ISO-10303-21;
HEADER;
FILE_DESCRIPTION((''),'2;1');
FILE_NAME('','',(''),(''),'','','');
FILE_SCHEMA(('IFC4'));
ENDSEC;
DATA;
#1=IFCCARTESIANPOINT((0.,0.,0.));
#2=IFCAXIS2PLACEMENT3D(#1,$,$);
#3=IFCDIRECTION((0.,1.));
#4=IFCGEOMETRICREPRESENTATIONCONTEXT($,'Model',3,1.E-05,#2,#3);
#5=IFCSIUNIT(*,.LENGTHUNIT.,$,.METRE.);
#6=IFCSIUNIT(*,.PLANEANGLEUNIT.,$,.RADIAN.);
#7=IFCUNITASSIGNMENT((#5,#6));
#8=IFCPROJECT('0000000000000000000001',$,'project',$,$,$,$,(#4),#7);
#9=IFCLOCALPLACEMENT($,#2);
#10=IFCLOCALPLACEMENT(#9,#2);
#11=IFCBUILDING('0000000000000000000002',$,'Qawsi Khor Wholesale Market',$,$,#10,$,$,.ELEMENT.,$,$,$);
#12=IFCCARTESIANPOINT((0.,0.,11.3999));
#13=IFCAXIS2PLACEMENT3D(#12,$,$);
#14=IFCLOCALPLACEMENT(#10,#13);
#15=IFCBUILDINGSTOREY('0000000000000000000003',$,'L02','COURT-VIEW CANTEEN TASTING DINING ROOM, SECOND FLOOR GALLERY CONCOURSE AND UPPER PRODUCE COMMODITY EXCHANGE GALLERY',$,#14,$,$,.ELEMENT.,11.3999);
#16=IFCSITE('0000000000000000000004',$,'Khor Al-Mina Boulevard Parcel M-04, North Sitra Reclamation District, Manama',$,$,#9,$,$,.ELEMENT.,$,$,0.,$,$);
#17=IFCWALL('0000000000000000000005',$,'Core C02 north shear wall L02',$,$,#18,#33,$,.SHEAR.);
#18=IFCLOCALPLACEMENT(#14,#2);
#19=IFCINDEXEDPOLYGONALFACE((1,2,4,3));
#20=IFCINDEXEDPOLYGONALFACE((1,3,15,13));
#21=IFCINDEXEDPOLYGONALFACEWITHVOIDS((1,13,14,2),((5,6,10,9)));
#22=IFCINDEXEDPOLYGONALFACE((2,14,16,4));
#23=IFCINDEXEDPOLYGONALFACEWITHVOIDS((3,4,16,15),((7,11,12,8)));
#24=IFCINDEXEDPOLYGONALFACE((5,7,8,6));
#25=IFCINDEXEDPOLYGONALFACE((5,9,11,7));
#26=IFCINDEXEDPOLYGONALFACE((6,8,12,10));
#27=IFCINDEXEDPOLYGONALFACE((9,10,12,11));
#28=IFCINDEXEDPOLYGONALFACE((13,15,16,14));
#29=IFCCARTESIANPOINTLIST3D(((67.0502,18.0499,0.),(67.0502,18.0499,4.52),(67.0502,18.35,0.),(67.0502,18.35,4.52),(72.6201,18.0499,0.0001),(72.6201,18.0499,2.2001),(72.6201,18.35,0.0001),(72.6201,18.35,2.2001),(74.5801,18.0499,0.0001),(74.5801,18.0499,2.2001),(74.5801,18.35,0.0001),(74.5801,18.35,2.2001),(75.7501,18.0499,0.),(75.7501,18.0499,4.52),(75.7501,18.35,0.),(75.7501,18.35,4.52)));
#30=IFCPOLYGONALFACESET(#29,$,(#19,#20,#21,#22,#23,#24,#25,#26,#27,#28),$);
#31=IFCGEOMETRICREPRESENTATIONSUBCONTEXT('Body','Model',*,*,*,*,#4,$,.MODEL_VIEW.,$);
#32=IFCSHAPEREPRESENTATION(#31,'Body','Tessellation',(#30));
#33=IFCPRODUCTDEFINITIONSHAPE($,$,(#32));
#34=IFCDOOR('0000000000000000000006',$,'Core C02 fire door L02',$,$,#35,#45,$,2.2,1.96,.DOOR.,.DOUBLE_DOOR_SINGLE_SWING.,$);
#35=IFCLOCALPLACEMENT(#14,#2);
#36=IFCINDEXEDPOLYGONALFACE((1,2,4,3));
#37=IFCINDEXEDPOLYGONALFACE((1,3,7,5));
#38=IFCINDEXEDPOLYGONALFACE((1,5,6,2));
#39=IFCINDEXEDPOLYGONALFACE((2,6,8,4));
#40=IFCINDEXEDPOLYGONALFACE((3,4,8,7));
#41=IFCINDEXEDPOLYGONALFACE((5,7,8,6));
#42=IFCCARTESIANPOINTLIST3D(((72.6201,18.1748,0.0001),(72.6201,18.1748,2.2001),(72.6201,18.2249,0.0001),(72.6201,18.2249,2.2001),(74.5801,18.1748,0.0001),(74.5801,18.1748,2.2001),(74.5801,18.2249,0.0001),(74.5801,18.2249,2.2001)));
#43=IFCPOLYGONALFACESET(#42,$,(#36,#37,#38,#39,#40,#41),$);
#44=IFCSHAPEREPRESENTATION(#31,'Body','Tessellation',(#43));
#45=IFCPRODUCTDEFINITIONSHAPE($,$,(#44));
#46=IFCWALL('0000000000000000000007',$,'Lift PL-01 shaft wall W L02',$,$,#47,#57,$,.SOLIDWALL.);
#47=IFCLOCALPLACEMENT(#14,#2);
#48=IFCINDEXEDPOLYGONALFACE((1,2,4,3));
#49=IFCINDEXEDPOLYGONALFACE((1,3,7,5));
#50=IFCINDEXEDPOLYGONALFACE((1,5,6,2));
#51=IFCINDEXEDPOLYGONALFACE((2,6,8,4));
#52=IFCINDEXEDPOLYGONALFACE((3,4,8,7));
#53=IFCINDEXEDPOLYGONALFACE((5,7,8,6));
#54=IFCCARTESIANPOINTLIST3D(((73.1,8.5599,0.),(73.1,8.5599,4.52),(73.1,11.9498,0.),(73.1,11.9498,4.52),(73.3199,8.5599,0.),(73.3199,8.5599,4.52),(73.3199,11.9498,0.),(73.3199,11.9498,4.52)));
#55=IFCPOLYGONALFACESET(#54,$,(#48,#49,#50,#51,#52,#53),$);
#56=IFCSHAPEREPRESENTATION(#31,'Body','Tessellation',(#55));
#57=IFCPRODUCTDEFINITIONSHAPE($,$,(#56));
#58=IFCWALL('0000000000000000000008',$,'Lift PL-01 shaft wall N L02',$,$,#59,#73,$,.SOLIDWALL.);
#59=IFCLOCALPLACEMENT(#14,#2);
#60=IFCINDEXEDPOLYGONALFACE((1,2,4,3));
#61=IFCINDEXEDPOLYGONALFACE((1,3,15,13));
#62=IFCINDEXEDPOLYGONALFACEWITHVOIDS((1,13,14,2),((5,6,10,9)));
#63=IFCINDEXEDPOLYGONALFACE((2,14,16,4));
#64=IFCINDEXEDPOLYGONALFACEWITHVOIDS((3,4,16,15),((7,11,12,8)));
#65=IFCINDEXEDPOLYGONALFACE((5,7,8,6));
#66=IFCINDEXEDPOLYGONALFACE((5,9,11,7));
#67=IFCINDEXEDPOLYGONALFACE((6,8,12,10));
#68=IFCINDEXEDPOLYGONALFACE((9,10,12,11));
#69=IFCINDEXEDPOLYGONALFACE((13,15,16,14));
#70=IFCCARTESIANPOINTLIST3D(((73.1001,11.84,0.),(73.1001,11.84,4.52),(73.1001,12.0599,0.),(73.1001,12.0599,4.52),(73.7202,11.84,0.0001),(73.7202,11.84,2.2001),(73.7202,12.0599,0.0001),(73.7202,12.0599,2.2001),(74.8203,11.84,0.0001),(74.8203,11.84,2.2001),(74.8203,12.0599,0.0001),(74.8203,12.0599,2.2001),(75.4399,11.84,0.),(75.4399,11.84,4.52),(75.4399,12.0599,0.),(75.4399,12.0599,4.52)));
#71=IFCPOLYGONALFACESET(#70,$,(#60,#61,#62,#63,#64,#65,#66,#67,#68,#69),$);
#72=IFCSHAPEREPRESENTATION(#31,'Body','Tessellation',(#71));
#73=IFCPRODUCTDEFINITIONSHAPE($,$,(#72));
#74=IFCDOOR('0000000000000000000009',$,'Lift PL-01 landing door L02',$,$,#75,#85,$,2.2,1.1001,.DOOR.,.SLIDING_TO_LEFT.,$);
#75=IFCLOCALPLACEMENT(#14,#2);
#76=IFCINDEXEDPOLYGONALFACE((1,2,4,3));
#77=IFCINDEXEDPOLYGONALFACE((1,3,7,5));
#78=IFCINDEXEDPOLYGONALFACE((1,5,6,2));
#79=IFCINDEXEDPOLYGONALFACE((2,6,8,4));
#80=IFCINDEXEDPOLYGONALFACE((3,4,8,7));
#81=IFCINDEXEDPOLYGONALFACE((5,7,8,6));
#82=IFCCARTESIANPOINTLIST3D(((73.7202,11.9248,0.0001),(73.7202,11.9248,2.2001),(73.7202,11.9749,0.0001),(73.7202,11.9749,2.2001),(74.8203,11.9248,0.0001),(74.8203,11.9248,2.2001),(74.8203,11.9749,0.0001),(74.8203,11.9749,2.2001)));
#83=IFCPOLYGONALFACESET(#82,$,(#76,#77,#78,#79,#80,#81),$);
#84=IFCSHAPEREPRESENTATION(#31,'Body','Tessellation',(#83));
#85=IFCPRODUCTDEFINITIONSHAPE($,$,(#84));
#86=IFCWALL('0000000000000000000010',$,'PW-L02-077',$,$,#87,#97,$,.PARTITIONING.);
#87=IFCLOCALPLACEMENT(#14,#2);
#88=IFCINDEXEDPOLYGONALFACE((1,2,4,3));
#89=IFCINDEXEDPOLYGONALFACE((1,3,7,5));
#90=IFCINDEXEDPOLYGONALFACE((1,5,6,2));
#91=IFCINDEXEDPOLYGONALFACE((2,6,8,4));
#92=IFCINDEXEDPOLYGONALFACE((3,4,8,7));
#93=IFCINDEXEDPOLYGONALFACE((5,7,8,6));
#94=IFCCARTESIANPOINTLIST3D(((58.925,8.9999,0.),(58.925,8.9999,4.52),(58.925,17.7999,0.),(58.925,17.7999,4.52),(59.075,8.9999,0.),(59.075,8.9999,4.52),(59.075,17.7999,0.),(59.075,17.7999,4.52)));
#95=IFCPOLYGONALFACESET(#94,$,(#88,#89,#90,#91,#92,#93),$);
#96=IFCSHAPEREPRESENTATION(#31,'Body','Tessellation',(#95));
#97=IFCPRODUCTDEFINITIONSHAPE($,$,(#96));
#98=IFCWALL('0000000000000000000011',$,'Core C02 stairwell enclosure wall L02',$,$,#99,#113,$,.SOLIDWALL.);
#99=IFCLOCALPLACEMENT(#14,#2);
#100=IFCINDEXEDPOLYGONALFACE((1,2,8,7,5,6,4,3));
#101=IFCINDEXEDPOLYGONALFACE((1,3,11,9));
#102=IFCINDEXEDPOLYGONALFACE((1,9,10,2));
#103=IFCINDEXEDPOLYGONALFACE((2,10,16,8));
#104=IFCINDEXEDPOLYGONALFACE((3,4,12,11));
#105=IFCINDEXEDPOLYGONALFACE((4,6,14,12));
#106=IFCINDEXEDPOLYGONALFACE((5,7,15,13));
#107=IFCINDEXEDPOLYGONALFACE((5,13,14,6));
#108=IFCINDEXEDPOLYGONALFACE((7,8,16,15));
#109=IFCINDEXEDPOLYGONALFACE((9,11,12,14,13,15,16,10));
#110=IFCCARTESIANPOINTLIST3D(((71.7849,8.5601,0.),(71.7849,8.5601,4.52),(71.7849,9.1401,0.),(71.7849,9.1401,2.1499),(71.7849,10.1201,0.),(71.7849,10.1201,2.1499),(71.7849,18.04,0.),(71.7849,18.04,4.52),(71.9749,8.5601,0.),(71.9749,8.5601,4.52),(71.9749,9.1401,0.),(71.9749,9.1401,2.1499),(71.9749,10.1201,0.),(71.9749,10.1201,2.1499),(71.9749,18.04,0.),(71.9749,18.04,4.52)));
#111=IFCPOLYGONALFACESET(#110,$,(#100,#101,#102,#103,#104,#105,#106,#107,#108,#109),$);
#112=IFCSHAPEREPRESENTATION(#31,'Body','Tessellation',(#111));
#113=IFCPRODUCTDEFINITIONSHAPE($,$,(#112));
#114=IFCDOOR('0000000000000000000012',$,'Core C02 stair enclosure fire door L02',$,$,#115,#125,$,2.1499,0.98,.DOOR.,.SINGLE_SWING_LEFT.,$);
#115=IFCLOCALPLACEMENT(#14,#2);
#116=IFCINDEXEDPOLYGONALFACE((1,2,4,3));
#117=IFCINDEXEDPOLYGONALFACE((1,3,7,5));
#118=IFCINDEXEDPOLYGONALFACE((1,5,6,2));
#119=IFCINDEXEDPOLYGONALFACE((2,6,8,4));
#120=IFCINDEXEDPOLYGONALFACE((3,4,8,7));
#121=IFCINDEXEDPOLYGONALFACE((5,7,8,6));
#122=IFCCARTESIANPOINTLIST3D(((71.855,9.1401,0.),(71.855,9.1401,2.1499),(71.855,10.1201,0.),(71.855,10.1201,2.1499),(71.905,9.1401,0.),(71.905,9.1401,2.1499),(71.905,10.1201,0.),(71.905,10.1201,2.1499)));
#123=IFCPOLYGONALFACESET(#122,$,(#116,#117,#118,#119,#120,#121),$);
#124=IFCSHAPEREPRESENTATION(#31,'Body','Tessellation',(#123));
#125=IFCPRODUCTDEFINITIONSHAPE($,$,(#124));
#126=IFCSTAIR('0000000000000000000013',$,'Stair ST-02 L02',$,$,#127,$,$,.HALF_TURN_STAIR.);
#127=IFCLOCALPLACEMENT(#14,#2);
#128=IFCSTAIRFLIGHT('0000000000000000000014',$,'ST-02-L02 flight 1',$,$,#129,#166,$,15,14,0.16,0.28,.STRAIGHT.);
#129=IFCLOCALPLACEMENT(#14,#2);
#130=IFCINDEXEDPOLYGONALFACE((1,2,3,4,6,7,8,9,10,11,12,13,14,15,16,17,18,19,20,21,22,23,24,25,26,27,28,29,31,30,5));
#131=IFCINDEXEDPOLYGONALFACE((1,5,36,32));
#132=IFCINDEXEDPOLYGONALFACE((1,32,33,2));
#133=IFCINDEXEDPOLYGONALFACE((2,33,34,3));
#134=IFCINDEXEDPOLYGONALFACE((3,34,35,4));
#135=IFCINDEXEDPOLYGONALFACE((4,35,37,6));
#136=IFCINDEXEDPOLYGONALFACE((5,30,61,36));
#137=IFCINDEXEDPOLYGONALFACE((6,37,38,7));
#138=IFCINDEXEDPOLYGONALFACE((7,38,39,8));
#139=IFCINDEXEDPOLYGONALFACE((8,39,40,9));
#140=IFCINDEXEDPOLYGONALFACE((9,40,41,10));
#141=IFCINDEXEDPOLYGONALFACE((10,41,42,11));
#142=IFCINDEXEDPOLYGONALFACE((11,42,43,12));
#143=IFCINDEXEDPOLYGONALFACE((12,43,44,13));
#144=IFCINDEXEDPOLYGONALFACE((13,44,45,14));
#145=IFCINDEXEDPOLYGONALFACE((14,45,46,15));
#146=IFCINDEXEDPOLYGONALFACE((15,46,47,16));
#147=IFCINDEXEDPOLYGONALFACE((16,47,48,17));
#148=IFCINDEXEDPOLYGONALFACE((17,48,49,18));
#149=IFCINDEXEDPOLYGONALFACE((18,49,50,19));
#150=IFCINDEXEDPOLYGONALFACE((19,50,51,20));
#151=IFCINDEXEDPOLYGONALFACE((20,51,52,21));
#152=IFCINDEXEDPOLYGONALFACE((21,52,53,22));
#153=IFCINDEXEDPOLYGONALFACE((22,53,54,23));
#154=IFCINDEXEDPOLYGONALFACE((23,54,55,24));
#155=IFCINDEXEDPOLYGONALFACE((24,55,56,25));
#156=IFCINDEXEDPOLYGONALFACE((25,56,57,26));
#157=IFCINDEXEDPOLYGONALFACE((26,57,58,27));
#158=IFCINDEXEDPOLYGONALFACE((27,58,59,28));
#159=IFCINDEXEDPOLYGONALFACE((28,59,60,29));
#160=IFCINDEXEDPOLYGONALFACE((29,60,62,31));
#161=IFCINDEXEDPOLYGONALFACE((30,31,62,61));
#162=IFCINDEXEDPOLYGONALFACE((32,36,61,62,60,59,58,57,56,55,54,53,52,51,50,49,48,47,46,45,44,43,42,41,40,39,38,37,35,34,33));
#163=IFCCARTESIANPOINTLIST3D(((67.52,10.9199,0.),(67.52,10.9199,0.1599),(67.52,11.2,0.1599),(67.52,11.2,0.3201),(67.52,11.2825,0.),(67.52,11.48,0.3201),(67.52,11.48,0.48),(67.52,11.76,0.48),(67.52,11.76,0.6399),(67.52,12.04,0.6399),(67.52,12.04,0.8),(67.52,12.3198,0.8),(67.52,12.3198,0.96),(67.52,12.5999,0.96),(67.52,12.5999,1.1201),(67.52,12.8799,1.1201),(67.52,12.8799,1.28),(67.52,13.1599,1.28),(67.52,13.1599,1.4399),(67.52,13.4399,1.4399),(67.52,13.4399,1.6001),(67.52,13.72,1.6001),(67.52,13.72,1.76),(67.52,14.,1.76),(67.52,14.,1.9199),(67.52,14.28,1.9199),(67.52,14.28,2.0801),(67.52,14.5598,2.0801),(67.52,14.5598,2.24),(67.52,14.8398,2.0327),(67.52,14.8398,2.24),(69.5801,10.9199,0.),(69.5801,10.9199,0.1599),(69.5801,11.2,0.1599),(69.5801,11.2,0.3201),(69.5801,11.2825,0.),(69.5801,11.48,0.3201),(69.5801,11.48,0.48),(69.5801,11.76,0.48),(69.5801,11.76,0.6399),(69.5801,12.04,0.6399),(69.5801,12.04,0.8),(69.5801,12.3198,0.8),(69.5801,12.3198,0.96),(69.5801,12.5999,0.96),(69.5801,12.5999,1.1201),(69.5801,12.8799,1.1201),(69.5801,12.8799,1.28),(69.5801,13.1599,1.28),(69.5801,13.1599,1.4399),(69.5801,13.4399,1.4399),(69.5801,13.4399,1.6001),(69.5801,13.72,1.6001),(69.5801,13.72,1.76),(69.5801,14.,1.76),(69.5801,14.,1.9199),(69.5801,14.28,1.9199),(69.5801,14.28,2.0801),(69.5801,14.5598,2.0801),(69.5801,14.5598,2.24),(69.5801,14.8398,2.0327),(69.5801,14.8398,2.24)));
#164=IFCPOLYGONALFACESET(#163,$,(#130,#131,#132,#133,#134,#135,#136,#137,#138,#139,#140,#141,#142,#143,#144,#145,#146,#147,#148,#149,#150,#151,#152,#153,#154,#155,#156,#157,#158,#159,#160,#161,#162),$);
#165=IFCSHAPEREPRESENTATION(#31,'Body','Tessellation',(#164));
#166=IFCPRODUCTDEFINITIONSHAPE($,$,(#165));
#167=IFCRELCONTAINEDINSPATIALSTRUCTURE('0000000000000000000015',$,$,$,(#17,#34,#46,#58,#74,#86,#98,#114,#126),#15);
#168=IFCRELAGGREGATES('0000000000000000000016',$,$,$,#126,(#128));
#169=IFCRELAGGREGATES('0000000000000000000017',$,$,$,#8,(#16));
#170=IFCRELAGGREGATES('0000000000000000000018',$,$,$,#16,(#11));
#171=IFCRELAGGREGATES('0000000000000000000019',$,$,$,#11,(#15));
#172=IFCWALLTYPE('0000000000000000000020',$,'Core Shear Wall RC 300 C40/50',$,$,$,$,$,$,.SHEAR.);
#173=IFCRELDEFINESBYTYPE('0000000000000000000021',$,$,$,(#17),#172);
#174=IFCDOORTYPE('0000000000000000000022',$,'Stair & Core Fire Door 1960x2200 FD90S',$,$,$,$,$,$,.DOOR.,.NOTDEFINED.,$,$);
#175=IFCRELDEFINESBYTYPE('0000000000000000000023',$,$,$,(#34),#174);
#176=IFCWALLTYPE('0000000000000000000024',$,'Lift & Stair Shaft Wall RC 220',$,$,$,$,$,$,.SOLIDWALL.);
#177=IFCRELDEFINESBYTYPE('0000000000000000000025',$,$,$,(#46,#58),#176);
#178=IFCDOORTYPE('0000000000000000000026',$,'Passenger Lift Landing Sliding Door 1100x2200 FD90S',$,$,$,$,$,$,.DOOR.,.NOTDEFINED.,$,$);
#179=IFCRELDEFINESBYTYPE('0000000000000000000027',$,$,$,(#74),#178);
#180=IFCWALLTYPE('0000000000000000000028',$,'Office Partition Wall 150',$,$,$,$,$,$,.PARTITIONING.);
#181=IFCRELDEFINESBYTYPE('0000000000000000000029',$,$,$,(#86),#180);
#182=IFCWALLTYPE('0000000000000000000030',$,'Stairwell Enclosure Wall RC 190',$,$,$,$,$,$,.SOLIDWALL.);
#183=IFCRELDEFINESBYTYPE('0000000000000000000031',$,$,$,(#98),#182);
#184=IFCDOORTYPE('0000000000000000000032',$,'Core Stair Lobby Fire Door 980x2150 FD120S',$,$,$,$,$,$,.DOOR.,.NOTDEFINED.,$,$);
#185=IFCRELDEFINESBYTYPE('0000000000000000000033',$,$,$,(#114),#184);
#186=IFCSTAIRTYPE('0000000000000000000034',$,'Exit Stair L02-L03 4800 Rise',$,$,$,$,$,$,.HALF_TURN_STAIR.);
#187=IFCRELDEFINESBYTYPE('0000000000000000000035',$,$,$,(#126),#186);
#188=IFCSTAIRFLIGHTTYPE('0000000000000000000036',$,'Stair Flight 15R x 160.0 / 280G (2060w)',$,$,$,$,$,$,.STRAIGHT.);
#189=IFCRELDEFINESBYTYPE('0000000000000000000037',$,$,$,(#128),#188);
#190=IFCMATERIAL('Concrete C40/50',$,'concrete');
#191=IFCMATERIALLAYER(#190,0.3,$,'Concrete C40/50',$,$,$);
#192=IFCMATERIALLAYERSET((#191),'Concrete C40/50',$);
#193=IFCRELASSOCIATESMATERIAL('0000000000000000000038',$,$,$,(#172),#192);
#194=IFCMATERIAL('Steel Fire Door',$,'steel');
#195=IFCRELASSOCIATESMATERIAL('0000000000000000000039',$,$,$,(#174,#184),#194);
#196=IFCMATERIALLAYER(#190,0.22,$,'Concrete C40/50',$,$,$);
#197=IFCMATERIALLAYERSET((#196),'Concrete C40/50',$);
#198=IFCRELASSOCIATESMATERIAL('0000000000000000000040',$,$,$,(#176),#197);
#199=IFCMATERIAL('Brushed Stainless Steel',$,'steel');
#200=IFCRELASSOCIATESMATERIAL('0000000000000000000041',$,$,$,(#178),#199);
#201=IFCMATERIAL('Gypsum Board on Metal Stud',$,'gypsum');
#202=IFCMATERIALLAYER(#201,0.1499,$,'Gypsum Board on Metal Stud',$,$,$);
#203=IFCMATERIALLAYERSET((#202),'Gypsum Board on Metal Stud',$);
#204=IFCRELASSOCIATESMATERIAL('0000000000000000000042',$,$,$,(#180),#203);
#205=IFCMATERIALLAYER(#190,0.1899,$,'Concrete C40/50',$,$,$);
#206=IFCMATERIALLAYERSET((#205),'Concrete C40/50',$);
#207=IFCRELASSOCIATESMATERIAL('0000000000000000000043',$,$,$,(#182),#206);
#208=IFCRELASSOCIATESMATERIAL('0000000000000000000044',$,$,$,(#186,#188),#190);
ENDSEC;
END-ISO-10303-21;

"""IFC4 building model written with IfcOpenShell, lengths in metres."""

from ifc_helpers import new_model, si_unit, direction, frame, frame_2d, origin, place, context, subcontext, project, spatial, polyline, rectangle, outline, extrude, material, layer, layer_set, type_object, element, fill, aggregate, save


model = new_model("IFC4")

# Units and contexts
model_context = context("Model", 3, precision=1e-05, world=origin(), true_north=direction((0.0, 1.0)))
body_context = subcontext(model_context, "Body", "Model", "MODEL_VIEW")
ifc_project = project(units=[si_unit("LENGTHUNIT", "METRE"), si_unit("PLANEANGLEUNIT", "RADIAN")], contexts=[model_context])

# Site, building, storey
site_placement = place(None, origin())
site = spatial("IfcSite", under=ifc_project, at=site_placement, Name="Khor Al-Mina Boulevard Parcel M-04, North Sitra Reclamation District, Manama", CompositionType="ELEMENT", RefElevation=0.0)
building_placement = place(site_placement, origin())
building = spatial("IfcBuilding", under=site, at=building_placement, Name="Qawsi Khor Wholesale Market", CompositionType="ELEMENT")
storey_placement = place(building_placement, frame((0.0, 0.0, 11.3999)))
storey = spatial("IfcBuildingStorey", under=building, at=storey_placement, Name="L02", Description="COURT-VIEW CANTEEN TASTING DINING ROOM, SECOND FLOOR GALLERY CONCOURSE AND UPPER PRODUCE COMMODITY EXCHANGE GALLERY", CompositionType="ELEMENT", Elevation=11.3999)

# Shared definitions
ifc_material_1 = material(Name="Concrete C40/50", Category="concrete")

# Shared definitions
ifc_layer_1 = layer(ifc_material_1, 0.3, Name="Concrete C40/50")
ifc_layer_set_1 = layer_set([ifc_layer_1], Name="Concrete C40/50")
wall_type_1 = type_object("IfcWallType", Name="Core Shear Wall RC 300 C40/50", PredefinedType="SHEAR", material=ifc_layer_set_1)

# Wall, opening, door
wall_1_placement = place(storey_placement, frame((67.05, 18.2, 0.0), z_axis=(0.0, 0.0, 1.0), x_axis=(1.0, 0.0, 0.0)))
wall_1 = element("IfcWall", 1, at=wall_1_placement, inside=storey, type_object=wall_type_1, Name="Core C02 north shear wall L02", PredefinedType="SHEAR", context=body_context, shape_type="SweptSolid", body=[
    extrude(rectangle(XDim=8.7, YDim=0.3, at=frame_2d((4.3501, 0.0))), origin(), (0.0, 0.0, 1.0), 4.52),
])
opening_1_placement = place(wall_1_placement, frame((5.5701, 0.0, 0.0)))
opening_1 = element("IfcOpeningElement", 2, at=opening_1_placement, cuts=wall_1, PredefinedType="OPENING", context=body_context, shape_type="SweptSolid", body=[
    extrude(rectangle(XDim=1.96, YDim=2.2, at=frame_2d((0.98, 1.1001))), frame((0.0, 0.1599, 0.0), z_axis=(0.0, -1.0, 0.0), x_axis=(1.0, 0.0, 0.0)), (0.0, 0.0, 1.0), 0.3201),
])
ifc_material_2 = material(Name="Steel Fire Door", Category="steel")
door_type_1 = type_object("IfcDoorType", Name="Stair & Core Fire Door 1960x2200 FD90S", OperationType="NOTDEFINED", PredefinedType="DOOR", material=ifc_material_2)
door_1_placement = place(opening_1_placement, origin())
door_1 = element("IfcDoor", 3, at=door_1_placement, inside=storey, type_object=door_type_1, Name="Core C02 fire door L02", OperationType="DOUBLE_DOOR_SINGLE_SWING", OverallHeight=2.2, OverallWidth=1.96, PredefinedType="DOOR", context=body_context, shape_type="SweptSolid", body=[
    extrude(rectangle(XDim=1.96, YDim=2.2, at=frame_2d((0.98, 1.1001))), frame((0.0, 0.0249, 0.0), z_axis=(0.0, -1.0, 0.0), x_axis=(1.0, 0.0, 0.0)), (0.0, 0.0, 1.0), 0.05),
])
fill(opening_1, door_1)

# Wall
ifc_layer_2 = layer(ifc_material_1, 0.22, Name="Concrete C40/50")
ifc_layer_set_2 = layer_set([ifc_layer_2], Name="Concrete C40/50")
wall_type_2 = type_object("IfcWallType", Name="Lift & Stair Shaft Wall RC 220", PredefinedType="SOLIDWALL", material=ifc_layer_set_2)
wall_2_placement = place(storey_placement, frame((73.21, 8.5601, 0.0), z_axis=(0.0, 0.0, 1.0), x_axis=(0.0, 1.0, 0.0)))
element("IfcWall", 4, at=wall_2_placement, inside=storey, type_object=wall_type_2, Name="Lift PL-01 shaft wall W L02", PredefinedType="SOLIDWALL", context=body_context, shape_type="SweptSolid", body=[
    extrude(rectangle(XDim=3.3899, YDim=0.22, at=frame_2d((1.6948, 0.0))), origin(), (0.0, 0.0, 1.0), 4.52),
])

# Wall, opening, door
wall_3_placement = place(storey_placement, frame((73.1001, 11.95, 0.0), z_axis=(0.0, 0.0, 1.0), x_axis=(1.0, 0.0, 0.0)))
wall_3 = element("IfcWall", 5, at=wall_3_placement, inside=storey, type_object=wall_type_2, Name="Lift PL-01 shaft wall N L02", PredefinedType="SOLIDWALL", context=body_context, shape_type="SweptSolid", body=[
    extrude(rectangle(XDim=2.3398, YDim=0.22, at=frame_2d((1.1699, 0.0))), origin(), (0.0, 0.0, 1.0), 4.52),
])
opening_2_placement = place(wall_3_placement, frame((0.6201, 0.0, 0.0)))
opening_2 = element("IfcOpeningElement", 6, at=opening_2_placement, cuts=wall_3, PredefinedType="OPENING", context=body_context, shape_type="SweptSolid", body=[
    extrude(rectangle(XDim=1.1001, YDim=2.2, at=frame_2d((0.55, 1.1001))), frame((0.0, 0.1199, 0.0), z_axis=(0.0, -1.0, 0.0), x_axis=(1.0, 0.0, 0.0)), (0.0, 0.0, 1.0), 0.24),
])
ifc_material_3 = material(Name="Brushed Stainless Steel", Category="steel")
door_type_2 = type_object("IfcDoorType", Name="Passenger Lift Landing Sliding Door 1100x2200 FD90S", OperationType="NOTDEFINED", PredefinedType="DOOR", material=ifc_material_3)
door_2_placement = place(opening_2_placement, origin())
door_2 = element("IfcDoor", 7, at=door_2_placement, inside=storey, type_object=door_type_2, Name="Lift PL-01 landing door L02", OperationType="SLIDING_TO_LEFT", OverallHeight=2.2, OverallWidth=1.1001, PredefinedType="DOOR", context=body_context, shape_type="SweptSolid", body=[
    extrude(rectangle(XDim=1.1001, YDim=2.2, at=frame_2d((0.55, 1.1001))), frame((0.0, 0.0249, 0.0), z_axis=(0.0, -1.0, 0.0), x_axis=(1.0, 0.0, 0.0)), (0.0, 0.0, 1.0), 0.05),
])
fill(opening_2, door_2)

# Wall
ifc_material_4 = material(Name="Gypsum Board on Metal Stud", Category="gypsum")
ifc_layer_3 = layer(ifc_material_4, 0.1499, Name="Gypsum Board on Metal Stud")
ifc_layer_set_3 = layer_set([ifc_layer_3], Name="Gypsum Board on Metal Stud")
wall_type_3 = type_object("IfcWallType", Name="Office Partition Wall 150", PredefinedType="PARTITIONING", material=ifc_layer_set_3)
wall_4_placement = place(storey_placement, frame((59.0, 9.0, 0.0), z_axis=(0.0, 0.0, 1.0), x_axis=(0.0, 1.0, 0.0)))
element("IfcWall", 8, at=wall_4_placement, inside=storey, type_object=wall_type_3, Name="PW-L02-077", PredefinedType="PARTITIONING", context=body_context, shape_type="SweptSolid", body=[
    extrude(rectangle(XDim=8.8, YDim=0.1499, at=frame_2d((4.3999, 0.0))), origin(), (0.0, 0.0, 1.0), 4.52),
])

# Wall, opening, door
ifc_layer_4 = layer(ifc_material_1, 0.1899, Name="Concrete C40/50")
ifc_layer_set_4 = layer_set([ifc_layer_4], Name="Concrete C40/50")
wall_type_4 = type_object("IfcWallType", Name="Stairwell Enclosure Wall RC 190", PredefinedType="SOLIDWALL", material=ifc_layer_set_4)
wall_5_placement = place(storey_placement, frame((71.8799, 8.5601, 0.0), z_axis=(0.0, 0.0, 1.0), x_axis=(0.0, 1.0, 0.0)))
wall_5 = element("IfcWall", 9, at=wall_5_placement, inside=storey, type_object=wall_type_4, Name="Core C02 stairwell enclosure wall L02", PredefinedType="SOLIDWALL", context=body_context, shape_type="SweptSolid", body=[
    extrude(rectangle(XDim=9.48, YDim=0.1899, at=frame_2d((4.74, 0.0))), origin(), (0.0, 0.0, 1.0), 4.52),
])
opening_3_placement = place(wall_5_placement, frame((0.5801, 0.0, 0.0)))
opening_3 = element("IfcOpeningElement", 10, at=opening_3_placement, cuts=wall_5, PredefinedType="OPENING", context=body_context, shape_type="SweptSolid", body=[
    extrude(rectangle(XDim=0.98, YDim=2.1499, at=frame_2d((0.49, 1.075))), frame((0.0, 0.105, 0.0), z_axis=(0.0, -1.0, 0.0), x_axis=(1.0, 0.0, 0.0)), (0.0, 0.0, 1.0), 0.21),
])
door_type_3 = type_object("IfcDoorType", Name="Core Stair Lobby Fire Door 980x2150 FD120S", OperationType="NOTDEFINED", PredefinedType="DOOR", material=ifc_material_2)
door_3_placement = place(opening_3_placement, origin())
door_3 = element("IfcDoor", 11, at=door_3_placement, inside=storey, type_object=door_type_3, Name="Core C02 stair enclosure fire door L02", OperationType="SINGLE_SWING_LEFT", OverallHeight=2.1499, OverallWidth=0.98, PredefinedType="DOOR", context=body_context, shape_type="SweptSolid", body=[
    extrude(rectangle(XDim=0.98, YDim=2.1499, at=frame_2d((0.49, 1.075))), frame((0.0, 0.0249, 0.0), z_axis=(0.0, -1.0, 0.0), x_axis=(1.0, 0.0, 0.0)), (0.0, 0.0, 1.0), 0.05),
])
fill(opening_3, door_3)

# Stair, stair flight
stair_type = type_object("IfcStairType", Name="Exit Stair L02-L03 4800 Rise", PredefinedType="HALF_TURN_STAIR", material=ifc_material_1)
stair_placement = place(storey_placement, origin())
stair = element("IfcStair", 12, at=stair_placement, inside=storey, type_object=stair_type, Name="Stair ST-02 L02", PredefinedType="HALF_TURN_STAIR")
stair_flight_type = type_object("IfcStairFlightType", Name="Stair Flight 15R x 160.0 / 280G (2060w)", PredefinedType="STRAIGHT", material=ifc_material_1)
stair_flight_1_placement = place(storey_placement, frame((68.55, 10.9199, 0.0), z_axis=(0.0, 0.0, 1.0), x_axis=(0.0, 1.0, 0.0)))
stair_flight_1 = element("IfcStairFlight", 13, at=stair_flight_1_placement, type_object=stair_flight_type, Name="ST-02-L02 flight 1", NumberOfRisers=15, NumberOfTreads=14, PredefinedType="STRAIGHT", RiserHeight=0.16, TreadLength=0.28, context=body_context, shape_type="SweptSolid", body=[
    extrude(outline(polyline([(0.0, 0.0), (0.0, 0.1599), (0.28, 0.1599), (0.28, 0.3201), (0.5601, 0.3201), (0.5601, 0.48), (0.8401, 0.48), (0.8401, 0.6399), (1.1201, 0.6399), (1.1201, 0.8), (1.3999, 0.8), (1.3999, 0.96), (1.6799, 0.96), (1.6799, 1.1201), (1.96, 1.1201), (1.96, 1.28), (2.24, 1.28), (2.24, 1.4399), (2.52, 1.4399), (2.52, 1.6001), (2.8, 1.6001), (2.8, 1.76), (3.0801, 1.76), (3.0801, 1.9199), (3.3601, 1.9199), (3.3601, 2.0801), (3.6399, 2.0801), (3.6399, 2.24), (3.9199, 2.24), (3.9199, 2.3999), (3.9199, 2.0327), (0.3625, 0.0), (0.0, 0.0)])), frame((0.0, 1.03, 0.0), z_axis=(0.0, -1.0, 0.0), x_axis=(1.0, 0.0, 0.0)), (0.0, 0.0, 1.0), 2.0601),
])
aggregate(stair, [stair_flight_1])

save(model, "model.ifc")
